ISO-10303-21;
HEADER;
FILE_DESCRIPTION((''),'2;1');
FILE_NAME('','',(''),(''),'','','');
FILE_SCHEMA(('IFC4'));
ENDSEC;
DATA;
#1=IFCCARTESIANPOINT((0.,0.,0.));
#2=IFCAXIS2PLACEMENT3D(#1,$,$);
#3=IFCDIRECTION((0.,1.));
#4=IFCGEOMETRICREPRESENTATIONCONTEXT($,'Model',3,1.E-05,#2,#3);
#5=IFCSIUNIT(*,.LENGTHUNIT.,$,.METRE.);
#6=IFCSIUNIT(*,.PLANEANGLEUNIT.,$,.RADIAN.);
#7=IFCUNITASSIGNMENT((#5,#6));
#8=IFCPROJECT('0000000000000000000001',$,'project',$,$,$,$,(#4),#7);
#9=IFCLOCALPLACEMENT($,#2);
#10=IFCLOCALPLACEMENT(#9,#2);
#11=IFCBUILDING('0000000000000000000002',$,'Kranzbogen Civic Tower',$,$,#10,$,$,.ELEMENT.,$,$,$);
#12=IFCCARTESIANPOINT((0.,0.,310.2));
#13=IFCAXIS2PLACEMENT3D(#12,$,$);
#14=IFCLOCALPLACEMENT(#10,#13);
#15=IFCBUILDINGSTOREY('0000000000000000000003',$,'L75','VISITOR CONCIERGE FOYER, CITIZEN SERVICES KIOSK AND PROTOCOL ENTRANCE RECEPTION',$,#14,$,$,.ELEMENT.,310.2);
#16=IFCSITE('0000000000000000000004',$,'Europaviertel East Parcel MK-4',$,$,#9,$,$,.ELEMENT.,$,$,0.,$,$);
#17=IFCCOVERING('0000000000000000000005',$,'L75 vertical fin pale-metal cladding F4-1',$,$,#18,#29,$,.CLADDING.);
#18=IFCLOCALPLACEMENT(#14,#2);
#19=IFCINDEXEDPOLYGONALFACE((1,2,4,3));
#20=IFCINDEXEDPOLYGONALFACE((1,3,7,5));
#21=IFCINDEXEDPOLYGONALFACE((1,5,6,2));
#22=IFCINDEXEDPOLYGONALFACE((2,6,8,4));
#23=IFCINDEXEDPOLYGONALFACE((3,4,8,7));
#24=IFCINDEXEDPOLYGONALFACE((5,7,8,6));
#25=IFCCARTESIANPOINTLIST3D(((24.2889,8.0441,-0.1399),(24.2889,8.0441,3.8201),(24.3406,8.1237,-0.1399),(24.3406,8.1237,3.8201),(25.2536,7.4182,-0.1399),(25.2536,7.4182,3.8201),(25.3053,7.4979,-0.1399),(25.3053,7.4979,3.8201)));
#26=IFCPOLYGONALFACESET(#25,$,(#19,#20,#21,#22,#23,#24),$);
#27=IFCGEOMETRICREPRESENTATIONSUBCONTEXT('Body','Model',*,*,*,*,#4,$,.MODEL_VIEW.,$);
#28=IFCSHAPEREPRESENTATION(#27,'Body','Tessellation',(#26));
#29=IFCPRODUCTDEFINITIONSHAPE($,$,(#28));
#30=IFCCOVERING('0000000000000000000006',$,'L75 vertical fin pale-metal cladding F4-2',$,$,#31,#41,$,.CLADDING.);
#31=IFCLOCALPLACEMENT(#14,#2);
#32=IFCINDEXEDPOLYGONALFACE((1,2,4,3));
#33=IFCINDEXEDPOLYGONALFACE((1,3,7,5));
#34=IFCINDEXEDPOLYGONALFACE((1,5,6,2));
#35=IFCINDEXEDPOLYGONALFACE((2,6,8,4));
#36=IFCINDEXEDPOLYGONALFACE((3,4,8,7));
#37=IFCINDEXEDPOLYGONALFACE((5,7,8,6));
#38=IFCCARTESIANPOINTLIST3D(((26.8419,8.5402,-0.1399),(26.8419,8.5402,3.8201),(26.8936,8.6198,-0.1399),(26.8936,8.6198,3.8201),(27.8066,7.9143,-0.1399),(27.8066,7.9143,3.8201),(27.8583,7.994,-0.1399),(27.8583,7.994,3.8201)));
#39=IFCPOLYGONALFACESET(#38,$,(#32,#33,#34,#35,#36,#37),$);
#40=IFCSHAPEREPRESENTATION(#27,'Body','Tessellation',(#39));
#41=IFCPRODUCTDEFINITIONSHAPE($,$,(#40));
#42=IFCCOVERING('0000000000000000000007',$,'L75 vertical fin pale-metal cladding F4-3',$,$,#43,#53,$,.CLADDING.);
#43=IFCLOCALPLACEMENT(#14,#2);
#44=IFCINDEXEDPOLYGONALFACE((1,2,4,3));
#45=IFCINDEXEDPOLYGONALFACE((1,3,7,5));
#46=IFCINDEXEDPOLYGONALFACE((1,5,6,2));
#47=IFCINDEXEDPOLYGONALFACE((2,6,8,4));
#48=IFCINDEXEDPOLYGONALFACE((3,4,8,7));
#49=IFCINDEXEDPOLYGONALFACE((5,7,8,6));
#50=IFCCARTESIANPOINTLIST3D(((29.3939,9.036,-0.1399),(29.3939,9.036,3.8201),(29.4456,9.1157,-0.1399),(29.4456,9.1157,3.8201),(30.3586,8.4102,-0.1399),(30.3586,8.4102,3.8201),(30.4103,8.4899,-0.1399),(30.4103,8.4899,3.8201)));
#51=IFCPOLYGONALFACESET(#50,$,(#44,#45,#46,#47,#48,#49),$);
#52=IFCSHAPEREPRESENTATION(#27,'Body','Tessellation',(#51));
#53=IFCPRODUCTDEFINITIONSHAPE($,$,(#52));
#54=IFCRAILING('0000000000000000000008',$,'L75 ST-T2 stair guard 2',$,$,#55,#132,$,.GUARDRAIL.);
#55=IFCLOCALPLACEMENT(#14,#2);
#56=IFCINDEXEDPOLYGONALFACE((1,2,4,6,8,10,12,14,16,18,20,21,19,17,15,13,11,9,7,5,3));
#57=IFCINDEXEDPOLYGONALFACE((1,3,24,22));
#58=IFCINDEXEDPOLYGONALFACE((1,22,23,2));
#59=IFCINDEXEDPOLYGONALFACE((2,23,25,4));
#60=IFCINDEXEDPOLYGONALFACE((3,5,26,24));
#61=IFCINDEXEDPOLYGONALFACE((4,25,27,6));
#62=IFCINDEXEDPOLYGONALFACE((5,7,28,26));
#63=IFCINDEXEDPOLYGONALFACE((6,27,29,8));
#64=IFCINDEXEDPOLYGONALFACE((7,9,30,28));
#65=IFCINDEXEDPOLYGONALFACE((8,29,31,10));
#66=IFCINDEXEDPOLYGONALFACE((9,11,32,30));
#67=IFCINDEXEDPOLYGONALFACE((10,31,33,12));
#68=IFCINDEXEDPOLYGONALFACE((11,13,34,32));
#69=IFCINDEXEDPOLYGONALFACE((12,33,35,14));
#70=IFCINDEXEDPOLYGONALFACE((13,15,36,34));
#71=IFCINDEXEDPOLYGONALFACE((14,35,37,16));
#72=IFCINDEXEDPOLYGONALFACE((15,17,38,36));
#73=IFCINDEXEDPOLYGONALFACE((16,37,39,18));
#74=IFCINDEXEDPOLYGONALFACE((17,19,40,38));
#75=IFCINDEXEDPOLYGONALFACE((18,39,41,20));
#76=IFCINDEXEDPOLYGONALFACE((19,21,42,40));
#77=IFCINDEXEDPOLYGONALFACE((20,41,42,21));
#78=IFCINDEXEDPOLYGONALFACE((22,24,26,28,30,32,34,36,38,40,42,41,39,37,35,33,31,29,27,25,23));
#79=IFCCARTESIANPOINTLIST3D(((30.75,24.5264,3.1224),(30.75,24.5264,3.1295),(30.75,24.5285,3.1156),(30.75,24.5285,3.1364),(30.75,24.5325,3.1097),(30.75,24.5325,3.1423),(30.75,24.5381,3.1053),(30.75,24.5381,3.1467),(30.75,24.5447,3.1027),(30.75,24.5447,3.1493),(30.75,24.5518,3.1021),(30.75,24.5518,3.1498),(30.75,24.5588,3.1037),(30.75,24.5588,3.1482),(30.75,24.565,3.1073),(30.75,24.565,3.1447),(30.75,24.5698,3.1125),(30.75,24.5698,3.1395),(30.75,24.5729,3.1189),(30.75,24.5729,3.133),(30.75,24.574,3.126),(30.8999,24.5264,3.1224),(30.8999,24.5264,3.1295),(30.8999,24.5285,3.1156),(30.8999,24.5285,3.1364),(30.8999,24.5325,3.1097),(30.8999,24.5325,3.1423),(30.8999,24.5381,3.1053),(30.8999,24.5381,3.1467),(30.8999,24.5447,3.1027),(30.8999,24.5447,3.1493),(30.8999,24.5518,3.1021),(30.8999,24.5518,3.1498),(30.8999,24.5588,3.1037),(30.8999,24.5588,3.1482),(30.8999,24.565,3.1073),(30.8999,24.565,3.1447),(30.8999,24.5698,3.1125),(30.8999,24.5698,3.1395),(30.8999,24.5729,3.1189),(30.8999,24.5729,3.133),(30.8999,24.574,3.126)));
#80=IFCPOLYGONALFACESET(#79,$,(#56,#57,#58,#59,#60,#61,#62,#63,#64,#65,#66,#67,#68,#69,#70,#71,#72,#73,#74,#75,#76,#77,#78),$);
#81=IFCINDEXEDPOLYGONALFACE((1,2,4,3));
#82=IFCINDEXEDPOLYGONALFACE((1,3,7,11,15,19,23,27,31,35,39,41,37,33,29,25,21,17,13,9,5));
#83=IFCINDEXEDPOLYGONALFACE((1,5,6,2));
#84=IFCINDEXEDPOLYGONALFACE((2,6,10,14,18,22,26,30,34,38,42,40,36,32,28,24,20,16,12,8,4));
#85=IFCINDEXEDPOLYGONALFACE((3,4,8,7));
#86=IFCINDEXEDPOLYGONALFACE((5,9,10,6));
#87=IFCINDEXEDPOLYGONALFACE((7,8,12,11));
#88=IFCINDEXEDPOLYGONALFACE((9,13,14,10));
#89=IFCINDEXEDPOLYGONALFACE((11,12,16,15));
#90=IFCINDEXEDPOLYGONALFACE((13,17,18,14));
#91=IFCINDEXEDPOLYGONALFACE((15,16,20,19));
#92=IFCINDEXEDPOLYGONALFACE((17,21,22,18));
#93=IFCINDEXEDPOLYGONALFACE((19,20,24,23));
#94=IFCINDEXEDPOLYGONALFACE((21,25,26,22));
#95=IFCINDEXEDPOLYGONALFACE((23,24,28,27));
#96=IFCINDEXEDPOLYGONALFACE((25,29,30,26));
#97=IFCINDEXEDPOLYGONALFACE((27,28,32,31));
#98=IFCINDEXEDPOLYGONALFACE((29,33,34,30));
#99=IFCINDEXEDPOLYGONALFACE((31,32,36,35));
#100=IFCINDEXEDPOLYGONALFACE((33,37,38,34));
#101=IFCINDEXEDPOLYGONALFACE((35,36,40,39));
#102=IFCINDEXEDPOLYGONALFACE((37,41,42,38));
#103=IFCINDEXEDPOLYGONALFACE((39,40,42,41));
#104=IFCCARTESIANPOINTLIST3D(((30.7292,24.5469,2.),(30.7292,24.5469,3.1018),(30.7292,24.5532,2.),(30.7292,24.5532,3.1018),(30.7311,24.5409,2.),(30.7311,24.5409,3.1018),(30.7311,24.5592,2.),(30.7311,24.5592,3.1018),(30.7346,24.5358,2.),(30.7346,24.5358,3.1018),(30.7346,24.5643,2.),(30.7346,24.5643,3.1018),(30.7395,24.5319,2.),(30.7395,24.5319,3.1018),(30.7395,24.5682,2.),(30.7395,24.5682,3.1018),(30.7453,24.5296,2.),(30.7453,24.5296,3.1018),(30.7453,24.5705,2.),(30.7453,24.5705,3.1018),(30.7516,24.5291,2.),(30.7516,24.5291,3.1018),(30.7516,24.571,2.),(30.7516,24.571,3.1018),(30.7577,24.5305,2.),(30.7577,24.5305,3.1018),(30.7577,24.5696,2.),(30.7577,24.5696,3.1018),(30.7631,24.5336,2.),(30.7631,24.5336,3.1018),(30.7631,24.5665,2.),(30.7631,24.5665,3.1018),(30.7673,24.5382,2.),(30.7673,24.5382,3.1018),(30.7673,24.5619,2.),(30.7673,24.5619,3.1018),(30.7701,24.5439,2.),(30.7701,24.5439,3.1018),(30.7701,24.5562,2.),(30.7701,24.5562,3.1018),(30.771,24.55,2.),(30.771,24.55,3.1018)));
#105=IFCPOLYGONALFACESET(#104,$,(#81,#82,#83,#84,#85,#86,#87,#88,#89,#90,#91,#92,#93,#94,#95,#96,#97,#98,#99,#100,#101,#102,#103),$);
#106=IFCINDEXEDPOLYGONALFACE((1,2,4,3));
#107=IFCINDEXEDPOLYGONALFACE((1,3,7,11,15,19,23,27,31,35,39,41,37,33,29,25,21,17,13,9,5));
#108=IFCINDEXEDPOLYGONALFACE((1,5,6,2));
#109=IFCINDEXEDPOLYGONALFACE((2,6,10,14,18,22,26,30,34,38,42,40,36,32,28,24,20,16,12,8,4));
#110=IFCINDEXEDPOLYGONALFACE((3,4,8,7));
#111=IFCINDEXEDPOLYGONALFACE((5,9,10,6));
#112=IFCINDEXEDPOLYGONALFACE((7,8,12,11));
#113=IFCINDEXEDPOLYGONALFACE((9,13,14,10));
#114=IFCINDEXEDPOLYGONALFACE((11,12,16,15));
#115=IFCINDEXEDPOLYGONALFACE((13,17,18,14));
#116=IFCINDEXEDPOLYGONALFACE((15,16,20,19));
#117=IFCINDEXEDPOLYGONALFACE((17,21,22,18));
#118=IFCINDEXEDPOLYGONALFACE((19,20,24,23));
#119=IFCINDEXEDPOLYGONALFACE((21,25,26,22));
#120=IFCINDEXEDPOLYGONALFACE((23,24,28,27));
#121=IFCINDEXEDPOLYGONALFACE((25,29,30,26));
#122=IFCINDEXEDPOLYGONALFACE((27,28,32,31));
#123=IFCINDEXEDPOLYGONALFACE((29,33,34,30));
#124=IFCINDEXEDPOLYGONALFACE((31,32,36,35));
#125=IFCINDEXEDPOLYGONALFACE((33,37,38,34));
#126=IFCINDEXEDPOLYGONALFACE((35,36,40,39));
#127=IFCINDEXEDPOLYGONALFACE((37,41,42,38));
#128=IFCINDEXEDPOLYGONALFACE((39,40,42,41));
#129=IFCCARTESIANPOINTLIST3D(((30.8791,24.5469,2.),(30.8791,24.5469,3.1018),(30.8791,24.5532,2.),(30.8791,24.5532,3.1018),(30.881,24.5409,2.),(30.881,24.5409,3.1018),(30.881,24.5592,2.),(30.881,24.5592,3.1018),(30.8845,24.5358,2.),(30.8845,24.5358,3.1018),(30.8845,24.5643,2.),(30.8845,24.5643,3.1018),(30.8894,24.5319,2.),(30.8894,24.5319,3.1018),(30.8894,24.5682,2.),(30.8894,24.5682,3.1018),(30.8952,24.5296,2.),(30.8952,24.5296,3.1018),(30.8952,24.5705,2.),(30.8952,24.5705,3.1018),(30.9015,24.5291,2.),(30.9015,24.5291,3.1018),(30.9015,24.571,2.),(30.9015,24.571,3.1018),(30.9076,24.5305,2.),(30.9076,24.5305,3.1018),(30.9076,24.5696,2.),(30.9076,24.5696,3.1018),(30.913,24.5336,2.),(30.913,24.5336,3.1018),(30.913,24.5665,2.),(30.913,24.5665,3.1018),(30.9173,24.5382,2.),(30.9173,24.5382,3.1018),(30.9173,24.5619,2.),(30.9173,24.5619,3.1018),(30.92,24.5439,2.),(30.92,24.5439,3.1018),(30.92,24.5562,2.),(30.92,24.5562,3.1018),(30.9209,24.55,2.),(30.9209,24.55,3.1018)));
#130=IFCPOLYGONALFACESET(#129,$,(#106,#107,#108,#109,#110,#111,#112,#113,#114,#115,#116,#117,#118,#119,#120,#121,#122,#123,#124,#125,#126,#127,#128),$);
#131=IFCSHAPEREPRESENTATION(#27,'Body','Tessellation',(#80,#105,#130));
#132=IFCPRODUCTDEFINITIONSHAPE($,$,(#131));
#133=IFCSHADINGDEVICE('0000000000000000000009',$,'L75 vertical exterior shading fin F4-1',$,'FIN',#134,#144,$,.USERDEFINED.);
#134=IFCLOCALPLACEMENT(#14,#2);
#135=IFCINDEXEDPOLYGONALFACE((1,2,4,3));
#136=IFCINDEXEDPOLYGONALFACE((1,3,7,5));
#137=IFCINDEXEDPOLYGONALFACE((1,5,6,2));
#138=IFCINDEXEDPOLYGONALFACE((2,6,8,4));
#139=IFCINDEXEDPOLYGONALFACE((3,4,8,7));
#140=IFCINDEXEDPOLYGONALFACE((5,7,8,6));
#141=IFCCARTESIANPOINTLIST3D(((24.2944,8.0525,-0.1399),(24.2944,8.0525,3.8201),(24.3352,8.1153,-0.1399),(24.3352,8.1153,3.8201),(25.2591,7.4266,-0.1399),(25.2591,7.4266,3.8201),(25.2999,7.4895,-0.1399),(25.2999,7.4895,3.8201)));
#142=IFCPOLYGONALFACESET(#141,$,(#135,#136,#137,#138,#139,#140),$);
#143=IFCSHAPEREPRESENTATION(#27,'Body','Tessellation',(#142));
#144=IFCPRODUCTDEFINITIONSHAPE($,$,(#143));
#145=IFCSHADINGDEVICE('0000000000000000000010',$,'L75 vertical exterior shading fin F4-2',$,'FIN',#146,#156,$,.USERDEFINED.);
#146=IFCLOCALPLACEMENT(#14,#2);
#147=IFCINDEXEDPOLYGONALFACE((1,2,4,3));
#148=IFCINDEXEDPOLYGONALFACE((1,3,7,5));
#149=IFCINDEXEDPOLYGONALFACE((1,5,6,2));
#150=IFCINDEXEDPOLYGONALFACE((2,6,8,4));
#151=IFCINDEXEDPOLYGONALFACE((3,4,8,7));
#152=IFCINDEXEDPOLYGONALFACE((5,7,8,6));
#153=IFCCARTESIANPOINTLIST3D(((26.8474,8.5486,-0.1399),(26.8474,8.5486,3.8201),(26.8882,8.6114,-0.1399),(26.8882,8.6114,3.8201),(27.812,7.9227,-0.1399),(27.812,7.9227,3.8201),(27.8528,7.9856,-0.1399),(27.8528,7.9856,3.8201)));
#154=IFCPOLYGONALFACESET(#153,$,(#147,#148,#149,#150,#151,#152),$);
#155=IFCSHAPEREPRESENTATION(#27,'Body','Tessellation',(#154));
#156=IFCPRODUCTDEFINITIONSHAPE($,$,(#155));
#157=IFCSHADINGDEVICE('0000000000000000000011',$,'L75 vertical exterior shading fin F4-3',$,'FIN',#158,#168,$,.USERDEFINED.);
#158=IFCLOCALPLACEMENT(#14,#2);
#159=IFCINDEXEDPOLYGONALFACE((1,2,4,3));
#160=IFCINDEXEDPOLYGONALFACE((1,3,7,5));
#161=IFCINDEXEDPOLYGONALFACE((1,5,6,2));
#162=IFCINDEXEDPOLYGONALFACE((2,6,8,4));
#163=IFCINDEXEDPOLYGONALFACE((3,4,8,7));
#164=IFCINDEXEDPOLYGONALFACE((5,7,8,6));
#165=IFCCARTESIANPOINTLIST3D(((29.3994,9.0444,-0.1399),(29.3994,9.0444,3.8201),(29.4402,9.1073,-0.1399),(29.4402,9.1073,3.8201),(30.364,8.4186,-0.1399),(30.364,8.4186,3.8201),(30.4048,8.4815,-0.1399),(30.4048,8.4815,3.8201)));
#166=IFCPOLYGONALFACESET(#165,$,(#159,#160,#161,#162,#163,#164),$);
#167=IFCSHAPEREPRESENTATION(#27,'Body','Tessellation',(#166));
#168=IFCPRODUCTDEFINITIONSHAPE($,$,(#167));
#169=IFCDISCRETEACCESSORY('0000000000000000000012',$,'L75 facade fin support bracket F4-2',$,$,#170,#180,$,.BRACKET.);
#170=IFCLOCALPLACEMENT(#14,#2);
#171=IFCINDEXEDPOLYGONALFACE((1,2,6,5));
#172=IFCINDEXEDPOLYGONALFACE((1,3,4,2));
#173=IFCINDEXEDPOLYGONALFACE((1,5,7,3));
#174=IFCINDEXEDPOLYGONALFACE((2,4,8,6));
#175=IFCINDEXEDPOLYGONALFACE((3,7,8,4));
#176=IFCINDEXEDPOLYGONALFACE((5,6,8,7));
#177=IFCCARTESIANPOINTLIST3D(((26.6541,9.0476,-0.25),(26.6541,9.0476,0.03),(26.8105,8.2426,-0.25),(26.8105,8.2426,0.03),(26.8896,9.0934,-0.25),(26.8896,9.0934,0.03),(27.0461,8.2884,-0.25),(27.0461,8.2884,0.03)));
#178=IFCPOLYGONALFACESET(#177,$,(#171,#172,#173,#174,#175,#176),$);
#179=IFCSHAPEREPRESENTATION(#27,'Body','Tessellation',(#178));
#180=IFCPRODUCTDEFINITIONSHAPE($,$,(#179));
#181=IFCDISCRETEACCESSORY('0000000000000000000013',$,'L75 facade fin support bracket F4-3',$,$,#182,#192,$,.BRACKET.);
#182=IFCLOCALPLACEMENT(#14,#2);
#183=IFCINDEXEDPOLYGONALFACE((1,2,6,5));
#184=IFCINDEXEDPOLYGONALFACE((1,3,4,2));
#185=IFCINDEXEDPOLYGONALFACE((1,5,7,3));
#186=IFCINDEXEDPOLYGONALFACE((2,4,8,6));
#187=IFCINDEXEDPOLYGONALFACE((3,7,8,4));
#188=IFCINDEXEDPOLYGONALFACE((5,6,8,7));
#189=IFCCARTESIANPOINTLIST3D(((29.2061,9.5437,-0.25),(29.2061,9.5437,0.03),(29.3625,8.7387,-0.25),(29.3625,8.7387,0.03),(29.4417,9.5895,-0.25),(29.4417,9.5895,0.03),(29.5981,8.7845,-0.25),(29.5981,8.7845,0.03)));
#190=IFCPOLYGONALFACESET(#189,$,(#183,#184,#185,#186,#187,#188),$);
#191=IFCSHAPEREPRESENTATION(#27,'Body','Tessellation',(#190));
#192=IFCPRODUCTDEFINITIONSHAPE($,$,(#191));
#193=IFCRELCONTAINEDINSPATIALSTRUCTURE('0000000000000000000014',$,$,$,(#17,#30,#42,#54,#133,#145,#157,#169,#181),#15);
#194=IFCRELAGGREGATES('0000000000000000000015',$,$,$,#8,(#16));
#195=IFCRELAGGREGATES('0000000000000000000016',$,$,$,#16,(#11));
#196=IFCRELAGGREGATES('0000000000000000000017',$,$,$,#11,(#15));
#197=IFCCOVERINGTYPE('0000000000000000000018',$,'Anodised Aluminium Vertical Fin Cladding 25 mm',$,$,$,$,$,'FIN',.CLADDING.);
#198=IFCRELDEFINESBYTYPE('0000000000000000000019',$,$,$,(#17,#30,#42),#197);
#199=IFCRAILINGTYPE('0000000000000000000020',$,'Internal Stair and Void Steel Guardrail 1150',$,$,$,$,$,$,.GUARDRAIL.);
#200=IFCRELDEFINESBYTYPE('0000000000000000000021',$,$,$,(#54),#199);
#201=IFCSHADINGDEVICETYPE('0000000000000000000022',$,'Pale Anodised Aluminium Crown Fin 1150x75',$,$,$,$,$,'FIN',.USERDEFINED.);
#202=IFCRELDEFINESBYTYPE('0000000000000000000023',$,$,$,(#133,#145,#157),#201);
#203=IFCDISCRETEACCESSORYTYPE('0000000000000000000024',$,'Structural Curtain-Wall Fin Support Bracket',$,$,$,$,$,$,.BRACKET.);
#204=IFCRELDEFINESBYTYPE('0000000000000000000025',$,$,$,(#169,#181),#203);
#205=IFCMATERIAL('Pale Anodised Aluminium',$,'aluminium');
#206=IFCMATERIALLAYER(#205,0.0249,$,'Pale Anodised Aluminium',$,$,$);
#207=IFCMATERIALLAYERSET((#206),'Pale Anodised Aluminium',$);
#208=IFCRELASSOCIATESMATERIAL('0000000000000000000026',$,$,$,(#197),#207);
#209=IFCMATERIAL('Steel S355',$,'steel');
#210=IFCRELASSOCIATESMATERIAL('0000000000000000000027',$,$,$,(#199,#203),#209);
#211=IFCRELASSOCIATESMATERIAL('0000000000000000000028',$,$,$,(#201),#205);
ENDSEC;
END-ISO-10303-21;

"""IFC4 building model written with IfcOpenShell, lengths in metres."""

from ifc_helpers import new_model, si_unit, direction, frame, origin, origin_2d, place, context, subcontext, project, spatial, rectangle, circle, extrude, material, layer, layer_set, type_object, element, save


model = new_model("IFC4")

# Units and contexts
model_context = context("Model", 3, precision=1e-05, world=origin(), true_north=direction((0.0, 1.0)))
body_context = subcontext(model_context, "Body", "Model", "MODEL_VIEW")
ifc_project = project(units=[si_unit("LENGTHUNIT", "METRE"), si_unit("PLANEANGLEUNIT", "RADIAN")], contexts=[model_context])

# Site, building, storey
site_placement = place(None, origin())
site = spatial("IfcSite", under=ifc_project, at=site_placement, Name="Europaviertel East Parcel MK-4", CompositionType="ELEMENT", RefElevation=0.0)
building_placement = place(site_placement, origin())
building = spatial("IfcBuilding", under=site, at=building_placement, Name="Kranzbogen Civic Tower", CompositionType="ELEMENT")
storey_placement = place(building_placement, frame((0.0, 0.0, 310.2)))
storey = spatial("IfcBuildingStorey", under=building, at=storey_placement, Name="L75", Description="VISITOR CONCIERGE FOYER, CITIZEN SERVICES KIOSK AND PROTOCOL ENTRANCE RECEPTION", CompositionType="ELEMENT", Elevation=310.2)

# Shared definitions
ifc_material_1 = material(Name="Steel S355", Category="steel")

# Shared definitions
ifc_material_2 = material(Name="Pale Anodised Aluminium", Category="aluminium")

# Coverings
ifc_layer_1 = layer(ifc_material_2, 0.0249, Name="Pale Anodised Aluminium")
ifc_layer_set_1 = layer_set([ifc_layer_1], Name="Pale Anodised Aluminium")
covering_type = type_object("IfcCoveringType", Name="Anodised Aluminium Vertical Fin Cladding 25 mm", ElementType="FIN", PredefinedType="CLADDING", material=ifc_layer_set_1)
for number, where, z_axis, x_axis, name in (
    (1, (24.7971, 7.771, -0.1399), (0.0, 0.0, 1.0), (0.838927, -0.544244, 0.0), "L75 vertical fin pale-metal cladding F4-1"),
    (2, (27.3501, 8.2671, -0.1399), (0.0, 0.0, 1.0), (0.838927, -0.544244, 0.0), "L75 vertical fin pale-metal cladding F4-2"),
    (3, (29.9021, 8.7629, -0.1399), (0.0, 0.0, 1.0), (0.838927, -0.544244, 0.0), "L75 vertical fin pale-metal cladding F4-3"),
):
    element("IfcCovering", number, at=place(storey_placement, frame(where, z_axis=z_axis, x_axis=x_axis)), inside=storey, type_object=covering_type, Name=name, PredefinedType="CLADDING", context=body_context, shape_type="SweptSolid", body=[
        extrude(rectangle(XDim=1.1499, YDim=0.095, at=origin_2d()), origin(), (0.0, 0.0, 1.0), 3.96),
    ])

# Railing
railing_type = type_object("IfcRailingType", Name="Internal Stair and Void Steel Guardrail 1150", PredefinedType="GUARDRAIL", material=ifc_material_1)
railing_placement = place(storey_placement, frame((30.75, 24.55, 2.0)))
element("IfcRailing", 4, at=railing_placement, inside=storey, type_object=railing_type, Name="L75 ST-T2 stair guard 2", PredefinedType="GUARDRAIL", context=body_context, shape_type="SweptSolid", body=[
    extrude(circle(Radius=0.0239, at=origin_2d()), frame((0.0, 0.0, 1.126), z_axis=(1.0, 0.0, 0.0), x_axis=(0.0, 1.0, 0.0)), (0.0, 0.0, 1.0), 0.1499),
    extrude(circle(Radius=0.021, at=origin_2d()), origin(), (0.0, 0.0, 1.0), 1.1018),
    extrude(circle(Radius=0.021, at=origin_2d()), frame((0.1499, 0.0, 0.0)), (0.0, 0.0, 1.0), 1.1018),
])

# Shading devices
shading_device_type = type_object("IfcShadingDeviceType", Name="Pale Anodised Aluminium Crown Fin 1150x75", ElementType="FIN", PredefinedType="USERDEFINED", material=ifc_material_2)
for number, where, z_axis, x_axis, name in (
    (5, (24.7971, 7.771, -0.1399), (0.0, 0.0, 1.0), (0.838927, -0.544244, 0.0), "L75 vertical exterior shading fin F4-1"),
    (6, (27.3501, 8.2671, -0.1399), (0.0, 0.0, 1.0), (0.838927, -0.544244, 0.0), "L75 vertical exterior shading fin F4-2"),
    (7, (29.9021, 8.7629, -0.1399), (0.0, 0.0, 1.0), (0.838927, -0.544244, 0.0), "L75 vertical exterior shading fin F4-3"),
):
    element("IfcShadingDevice", number, at=place(storey_placement, frame(where, z_axis=z_axis, x_axis=x_axis)), inside=storey, type_object=shading_device_type, Name=name, ObjectType="FIN", PredefinedType="USERDEFINED", context=body_context, shape_type="SweptSolid", body=[
        extrude(rectangle(XDim=1.1499, YDim=0.075, at=origin_2d()), origin(), (0.0, 0.0, 1.0), 3.96),
    ])

# Discrete accessories
discrete_accessory_type = type_object("IfcDiscreteAccessoryType", Name="Structural Curtain-Wall Fin Support Bracket", PredefinedType="BRACKET", material=ifc_material_1)
for number, where, z_axis, x_axis, name in (
    (8, (26.8501, 8.668, -0.25), (0.0, 0.0, 1.0), (0.190809, -0.981627, 0.0), "L75 facade fin support bracket F4-2"),
    (9, (29.4021, 9.1641, -0.25), (0.0, 0.0, 1.0), (0.190809, -0.981627, 0.0), "L75 facade fin support bracket F4-3"),
):
    element("IfcDiscreteAccessory", number, at=place(storey_placement, frame(where, z_axis=z_axis, x_axis=x_axis)), inside=storey, type_object=discrete_accessory_type, Name=name, PredefinedType="BRACKET", context=body_context, shape_type="SweptSolid", body=[
        extrude(rectangle(XDim=0.8201, YDim=0.24, at=origin_2d()), origin(), (0.0, 0.0, 1.0), 0.28),
    ])

save(model, "model.ifc")
